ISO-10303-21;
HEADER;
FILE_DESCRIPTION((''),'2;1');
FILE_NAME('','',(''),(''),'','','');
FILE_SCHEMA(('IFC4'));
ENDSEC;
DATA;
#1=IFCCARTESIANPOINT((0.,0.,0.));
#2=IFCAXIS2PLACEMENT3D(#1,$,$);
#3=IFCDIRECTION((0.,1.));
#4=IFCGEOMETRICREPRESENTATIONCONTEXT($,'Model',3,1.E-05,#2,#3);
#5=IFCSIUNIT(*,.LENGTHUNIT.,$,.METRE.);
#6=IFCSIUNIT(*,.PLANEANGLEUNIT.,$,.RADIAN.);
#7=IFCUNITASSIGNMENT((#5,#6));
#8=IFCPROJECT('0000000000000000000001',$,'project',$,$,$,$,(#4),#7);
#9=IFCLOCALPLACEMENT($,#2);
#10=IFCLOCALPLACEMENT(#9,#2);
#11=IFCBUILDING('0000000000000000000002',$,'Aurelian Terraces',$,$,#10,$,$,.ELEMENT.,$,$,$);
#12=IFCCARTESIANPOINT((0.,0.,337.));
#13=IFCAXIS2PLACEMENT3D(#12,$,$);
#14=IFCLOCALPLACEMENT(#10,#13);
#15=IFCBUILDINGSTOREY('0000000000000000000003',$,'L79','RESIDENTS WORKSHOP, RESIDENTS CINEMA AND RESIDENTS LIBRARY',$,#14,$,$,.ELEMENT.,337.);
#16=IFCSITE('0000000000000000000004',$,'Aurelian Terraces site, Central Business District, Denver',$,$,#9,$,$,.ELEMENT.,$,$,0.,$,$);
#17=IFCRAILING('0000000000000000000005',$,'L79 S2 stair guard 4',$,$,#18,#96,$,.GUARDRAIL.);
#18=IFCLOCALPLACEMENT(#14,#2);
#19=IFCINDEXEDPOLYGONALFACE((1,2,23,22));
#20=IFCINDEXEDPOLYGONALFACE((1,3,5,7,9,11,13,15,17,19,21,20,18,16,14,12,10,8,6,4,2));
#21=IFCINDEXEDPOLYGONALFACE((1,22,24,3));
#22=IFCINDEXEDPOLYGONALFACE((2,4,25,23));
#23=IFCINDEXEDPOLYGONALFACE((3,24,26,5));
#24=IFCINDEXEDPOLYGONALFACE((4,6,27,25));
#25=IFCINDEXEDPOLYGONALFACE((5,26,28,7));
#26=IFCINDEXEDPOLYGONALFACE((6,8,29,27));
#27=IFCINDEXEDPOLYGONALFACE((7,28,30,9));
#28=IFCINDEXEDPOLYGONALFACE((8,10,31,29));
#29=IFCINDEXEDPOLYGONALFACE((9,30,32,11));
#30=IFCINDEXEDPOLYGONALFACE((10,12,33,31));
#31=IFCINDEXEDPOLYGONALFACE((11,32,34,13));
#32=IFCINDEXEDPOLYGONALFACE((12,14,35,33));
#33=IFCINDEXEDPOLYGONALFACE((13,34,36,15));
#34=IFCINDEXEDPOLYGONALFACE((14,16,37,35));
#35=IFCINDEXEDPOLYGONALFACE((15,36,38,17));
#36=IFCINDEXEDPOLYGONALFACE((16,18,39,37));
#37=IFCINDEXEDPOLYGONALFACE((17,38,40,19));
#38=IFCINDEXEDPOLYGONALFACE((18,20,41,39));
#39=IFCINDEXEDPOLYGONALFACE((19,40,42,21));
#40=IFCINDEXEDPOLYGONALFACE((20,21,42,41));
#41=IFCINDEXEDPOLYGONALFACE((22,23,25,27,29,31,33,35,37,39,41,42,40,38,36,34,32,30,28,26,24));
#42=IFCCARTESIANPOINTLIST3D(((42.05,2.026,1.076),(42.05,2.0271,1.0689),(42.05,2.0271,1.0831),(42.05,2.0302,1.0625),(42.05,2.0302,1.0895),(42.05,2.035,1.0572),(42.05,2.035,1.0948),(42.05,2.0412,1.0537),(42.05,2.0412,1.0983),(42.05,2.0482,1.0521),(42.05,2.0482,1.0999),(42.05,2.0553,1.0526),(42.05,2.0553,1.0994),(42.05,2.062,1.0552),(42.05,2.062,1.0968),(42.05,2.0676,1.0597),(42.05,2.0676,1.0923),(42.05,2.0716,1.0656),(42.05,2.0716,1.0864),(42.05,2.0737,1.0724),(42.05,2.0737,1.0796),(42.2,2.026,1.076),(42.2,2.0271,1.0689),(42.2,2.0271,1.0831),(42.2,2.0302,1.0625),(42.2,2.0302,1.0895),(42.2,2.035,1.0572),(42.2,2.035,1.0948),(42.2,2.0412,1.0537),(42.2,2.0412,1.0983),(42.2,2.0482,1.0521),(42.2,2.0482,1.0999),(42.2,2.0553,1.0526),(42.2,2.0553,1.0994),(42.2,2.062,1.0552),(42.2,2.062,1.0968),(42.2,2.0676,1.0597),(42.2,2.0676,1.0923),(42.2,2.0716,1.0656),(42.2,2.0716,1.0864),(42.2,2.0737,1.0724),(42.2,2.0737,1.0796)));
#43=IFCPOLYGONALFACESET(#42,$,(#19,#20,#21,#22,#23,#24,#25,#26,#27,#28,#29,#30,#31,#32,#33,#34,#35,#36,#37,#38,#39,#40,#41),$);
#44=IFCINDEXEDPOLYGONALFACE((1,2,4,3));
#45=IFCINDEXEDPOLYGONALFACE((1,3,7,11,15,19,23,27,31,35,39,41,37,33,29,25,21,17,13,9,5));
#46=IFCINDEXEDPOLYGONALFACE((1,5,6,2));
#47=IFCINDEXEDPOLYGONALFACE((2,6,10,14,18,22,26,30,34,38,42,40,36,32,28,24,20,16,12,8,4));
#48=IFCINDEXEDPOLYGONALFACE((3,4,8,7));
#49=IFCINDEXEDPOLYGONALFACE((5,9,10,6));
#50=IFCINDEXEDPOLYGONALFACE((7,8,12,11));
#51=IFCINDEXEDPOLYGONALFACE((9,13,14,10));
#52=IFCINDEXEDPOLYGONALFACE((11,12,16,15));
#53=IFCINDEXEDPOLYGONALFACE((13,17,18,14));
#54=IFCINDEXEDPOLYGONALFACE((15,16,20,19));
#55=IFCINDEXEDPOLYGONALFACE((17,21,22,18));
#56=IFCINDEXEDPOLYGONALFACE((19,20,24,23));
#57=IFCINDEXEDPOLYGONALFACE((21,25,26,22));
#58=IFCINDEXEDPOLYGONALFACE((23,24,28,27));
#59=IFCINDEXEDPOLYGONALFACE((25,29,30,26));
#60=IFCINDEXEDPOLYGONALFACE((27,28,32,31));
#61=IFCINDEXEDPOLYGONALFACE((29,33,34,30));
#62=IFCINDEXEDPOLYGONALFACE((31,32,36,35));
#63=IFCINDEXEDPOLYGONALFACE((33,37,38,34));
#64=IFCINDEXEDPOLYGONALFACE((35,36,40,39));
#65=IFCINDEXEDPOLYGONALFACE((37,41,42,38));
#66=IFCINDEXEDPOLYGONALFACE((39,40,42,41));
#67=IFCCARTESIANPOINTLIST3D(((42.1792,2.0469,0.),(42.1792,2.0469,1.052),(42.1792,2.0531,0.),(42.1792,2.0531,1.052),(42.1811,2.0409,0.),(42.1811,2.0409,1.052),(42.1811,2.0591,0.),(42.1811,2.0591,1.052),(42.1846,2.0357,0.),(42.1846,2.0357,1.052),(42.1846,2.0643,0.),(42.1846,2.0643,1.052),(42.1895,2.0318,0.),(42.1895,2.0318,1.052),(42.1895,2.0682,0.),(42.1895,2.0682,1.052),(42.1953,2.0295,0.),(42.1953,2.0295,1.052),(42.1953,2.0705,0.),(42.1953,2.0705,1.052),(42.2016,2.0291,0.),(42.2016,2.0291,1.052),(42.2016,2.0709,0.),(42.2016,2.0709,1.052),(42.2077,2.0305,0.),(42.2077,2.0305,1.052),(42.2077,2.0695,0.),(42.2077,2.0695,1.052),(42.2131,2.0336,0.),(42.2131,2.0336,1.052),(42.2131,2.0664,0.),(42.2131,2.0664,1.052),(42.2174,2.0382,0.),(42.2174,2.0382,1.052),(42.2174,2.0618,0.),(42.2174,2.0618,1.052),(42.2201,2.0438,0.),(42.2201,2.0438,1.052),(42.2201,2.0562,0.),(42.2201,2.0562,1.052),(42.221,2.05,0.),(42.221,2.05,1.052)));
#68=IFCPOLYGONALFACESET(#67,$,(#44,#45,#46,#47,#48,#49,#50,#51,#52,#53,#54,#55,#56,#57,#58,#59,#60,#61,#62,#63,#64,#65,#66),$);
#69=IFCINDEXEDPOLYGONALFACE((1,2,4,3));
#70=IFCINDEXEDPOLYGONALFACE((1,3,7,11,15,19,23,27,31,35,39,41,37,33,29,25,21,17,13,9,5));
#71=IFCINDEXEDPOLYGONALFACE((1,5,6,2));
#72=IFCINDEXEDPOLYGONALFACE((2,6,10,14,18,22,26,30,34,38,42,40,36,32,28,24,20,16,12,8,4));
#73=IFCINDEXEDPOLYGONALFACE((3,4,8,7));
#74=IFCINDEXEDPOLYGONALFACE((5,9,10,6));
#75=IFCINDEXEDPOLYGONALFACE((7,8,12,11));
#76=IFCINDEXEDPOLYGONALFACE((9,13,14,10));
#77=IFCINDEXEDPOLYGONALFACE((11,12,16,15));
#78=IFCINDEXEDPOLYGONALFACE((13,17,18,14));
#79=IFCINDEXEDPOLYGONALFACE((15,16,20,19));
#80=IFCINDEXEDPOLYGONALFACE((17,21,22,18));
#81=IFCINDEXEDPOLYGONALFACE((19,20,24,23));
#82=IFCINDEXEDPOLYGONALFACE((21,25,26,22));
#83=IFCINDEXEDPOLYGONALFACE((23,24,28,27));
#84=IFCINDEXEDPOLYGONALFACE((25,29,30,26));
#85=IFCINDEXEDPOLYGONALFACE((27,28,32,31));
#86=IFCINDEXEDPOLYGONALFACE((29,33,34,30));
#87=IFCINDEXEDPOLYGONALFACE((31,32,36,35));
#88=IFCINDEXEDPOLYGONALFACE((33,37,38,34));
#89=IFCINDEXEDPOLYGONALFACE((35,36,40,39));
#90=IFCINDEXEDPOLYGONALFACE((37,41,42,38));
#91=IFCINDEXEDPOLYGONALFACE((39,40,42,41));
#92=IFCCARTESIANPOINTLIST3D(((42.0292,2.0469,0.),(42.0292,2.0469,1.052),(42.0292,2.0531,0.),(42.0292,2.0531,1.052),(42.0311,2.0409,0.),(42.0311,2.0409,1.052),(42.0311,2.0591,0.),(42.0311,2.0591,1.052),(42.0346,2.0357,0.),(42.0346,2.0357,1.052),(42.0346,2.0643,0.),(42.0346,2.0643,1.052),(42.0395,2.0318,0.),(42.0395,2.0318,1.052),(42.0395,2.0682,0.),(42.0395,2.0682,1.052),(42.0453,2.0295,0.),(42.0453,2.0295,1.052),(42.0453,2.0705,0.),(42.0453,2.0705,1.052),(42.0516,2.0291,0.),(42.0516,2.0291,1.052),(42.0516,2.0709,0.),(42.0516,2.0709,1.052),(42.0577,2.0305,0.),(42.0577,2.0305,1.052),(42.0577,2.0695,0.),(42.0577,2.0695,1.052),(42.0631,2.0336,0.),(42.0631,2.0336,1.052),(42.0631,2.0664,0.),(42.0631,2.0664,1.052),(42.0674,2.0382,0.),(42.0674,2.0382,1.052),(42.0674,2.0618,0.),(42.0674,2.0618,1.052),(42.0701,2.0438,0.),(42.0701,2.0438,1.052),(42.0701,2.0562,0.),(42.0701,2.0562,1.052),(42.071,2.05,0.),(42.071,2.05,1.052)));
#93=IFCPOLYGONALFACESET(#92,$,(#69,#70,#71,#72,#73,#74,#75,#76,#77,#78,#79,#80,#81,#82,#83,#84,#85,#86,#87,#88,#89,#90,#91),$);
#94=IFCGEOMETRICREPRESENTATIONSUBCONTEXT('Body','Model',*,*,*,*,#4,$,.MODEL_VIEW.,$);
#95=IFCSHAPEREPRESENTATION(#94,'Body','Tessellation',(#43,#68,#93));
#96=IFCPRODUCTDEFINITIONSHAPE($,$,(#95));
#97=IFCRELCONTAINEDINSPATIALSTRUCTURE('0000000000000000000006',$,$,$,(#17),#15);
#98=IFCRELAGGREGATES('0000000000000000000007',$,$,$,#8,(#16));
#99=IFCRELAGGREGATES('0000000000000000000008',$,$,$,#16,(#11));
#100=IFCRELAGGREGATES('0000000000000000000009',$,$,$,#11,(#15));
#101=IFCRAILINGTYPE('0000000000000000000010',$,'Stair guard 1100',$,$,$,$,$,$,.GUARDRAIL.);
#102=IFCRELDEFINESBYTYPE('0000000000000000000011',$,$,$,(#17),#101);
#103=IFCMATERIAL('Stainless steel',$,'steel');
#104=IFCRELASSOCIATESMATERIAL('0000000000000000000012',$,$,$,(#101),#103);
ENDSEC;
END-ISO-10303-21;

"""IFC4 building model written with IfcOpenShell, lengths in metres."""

from ifc_helpers import new_model, si_unit, direction, frame, origin, origin_2d, place, context, subcontext, project, spatial, circle, extrude, source, transform, mapped, material, type_object, element, save


model = new_model("IFC4")

# Units and contexts
model_context = context("Model", 3, precision=1e-05, world=origin(), true_north=direction((0.0, 1.0)))
body_context = subcontext(model_context, "Body", "Model", "MODEL_VIEW")
ifc_project = project(units=[si_unit("LENGTHUNIT", "METRE"), si_unit("PLANEANGLEUNIT", "RADIAN")], contexts=[model_context])

# Site, building, storey
site_placement = place(None, origin())
site = spatial("IfcSite", under=ifc_project, at=site_placement, Name="Aurelian Terraces site, Central Business District, Denver", CompositionType="ELEMENT", RefElevation=0.0)
building_placement = place(site_placement, origin())
building = spatial("IfcBuilding", under=site, at=building_placement, Name="Aurelian Terraces", CompositionType="ELEMENT")
storey_placement = place(building_placement, frame((0.0, 0.0, 337.0)))
storey = spatial("IfcBuildingStorey", under=building, at=storey_placement, Name="L79", Description="RESIDENTS WORKSHOP, RESIDENTS CINEMA AND RESIDENTS LIBRARY", CompositionType="ELEMENT", Elevation=337.0)

# Railing
ifc_material_1 = material(Name="Stainless steel", Category="steel")
railing_type_1 = type_object("IfcRailingType", Name="Stair guard 1100", PredefinedType="GUARDRAIL", material=ifc_material_1)
shared_shape_1 = source(origin(), body_context, "Body", "SweptSolid", [
    extrude(circle(Radius=0.024, at=origin_2d()), frame((0.0, 0.0, 1.076), z_axis=(-1.0, 0.0, 0.0), x_axis=(0.0, -1.0, 0.0)), (0.0, 0.0, 1.0), 0.15),
    extrude(circle(Radius=0.021, at=origin_2d()), origin(), (0.0, 0.0, 1.0), 1.052),
    extrude(circle(Radius=0.021, at=origin_2d()), frame((-0.15, 0.0, 0.0)), (0.0, 0.0, 1.0), 1.052),
])
for number, where, name in (
    (1, (42.2, 2.05, 0.0), "L79 S2 stair guard 4"),
):
    element("IfcRailing", number, at=place(storey_placement, frame(where)), inside=storey, type_object=railing_type_1, Name=name, PredefinedType="GUARDRAIL", context=body_context, shape_type="MappedRepresentation", body=[
        mapped(shared_shape_1, transform((0.0, 0.0, 0.0), scale=1.0)),
    ])

save(model, "model.ifc")
